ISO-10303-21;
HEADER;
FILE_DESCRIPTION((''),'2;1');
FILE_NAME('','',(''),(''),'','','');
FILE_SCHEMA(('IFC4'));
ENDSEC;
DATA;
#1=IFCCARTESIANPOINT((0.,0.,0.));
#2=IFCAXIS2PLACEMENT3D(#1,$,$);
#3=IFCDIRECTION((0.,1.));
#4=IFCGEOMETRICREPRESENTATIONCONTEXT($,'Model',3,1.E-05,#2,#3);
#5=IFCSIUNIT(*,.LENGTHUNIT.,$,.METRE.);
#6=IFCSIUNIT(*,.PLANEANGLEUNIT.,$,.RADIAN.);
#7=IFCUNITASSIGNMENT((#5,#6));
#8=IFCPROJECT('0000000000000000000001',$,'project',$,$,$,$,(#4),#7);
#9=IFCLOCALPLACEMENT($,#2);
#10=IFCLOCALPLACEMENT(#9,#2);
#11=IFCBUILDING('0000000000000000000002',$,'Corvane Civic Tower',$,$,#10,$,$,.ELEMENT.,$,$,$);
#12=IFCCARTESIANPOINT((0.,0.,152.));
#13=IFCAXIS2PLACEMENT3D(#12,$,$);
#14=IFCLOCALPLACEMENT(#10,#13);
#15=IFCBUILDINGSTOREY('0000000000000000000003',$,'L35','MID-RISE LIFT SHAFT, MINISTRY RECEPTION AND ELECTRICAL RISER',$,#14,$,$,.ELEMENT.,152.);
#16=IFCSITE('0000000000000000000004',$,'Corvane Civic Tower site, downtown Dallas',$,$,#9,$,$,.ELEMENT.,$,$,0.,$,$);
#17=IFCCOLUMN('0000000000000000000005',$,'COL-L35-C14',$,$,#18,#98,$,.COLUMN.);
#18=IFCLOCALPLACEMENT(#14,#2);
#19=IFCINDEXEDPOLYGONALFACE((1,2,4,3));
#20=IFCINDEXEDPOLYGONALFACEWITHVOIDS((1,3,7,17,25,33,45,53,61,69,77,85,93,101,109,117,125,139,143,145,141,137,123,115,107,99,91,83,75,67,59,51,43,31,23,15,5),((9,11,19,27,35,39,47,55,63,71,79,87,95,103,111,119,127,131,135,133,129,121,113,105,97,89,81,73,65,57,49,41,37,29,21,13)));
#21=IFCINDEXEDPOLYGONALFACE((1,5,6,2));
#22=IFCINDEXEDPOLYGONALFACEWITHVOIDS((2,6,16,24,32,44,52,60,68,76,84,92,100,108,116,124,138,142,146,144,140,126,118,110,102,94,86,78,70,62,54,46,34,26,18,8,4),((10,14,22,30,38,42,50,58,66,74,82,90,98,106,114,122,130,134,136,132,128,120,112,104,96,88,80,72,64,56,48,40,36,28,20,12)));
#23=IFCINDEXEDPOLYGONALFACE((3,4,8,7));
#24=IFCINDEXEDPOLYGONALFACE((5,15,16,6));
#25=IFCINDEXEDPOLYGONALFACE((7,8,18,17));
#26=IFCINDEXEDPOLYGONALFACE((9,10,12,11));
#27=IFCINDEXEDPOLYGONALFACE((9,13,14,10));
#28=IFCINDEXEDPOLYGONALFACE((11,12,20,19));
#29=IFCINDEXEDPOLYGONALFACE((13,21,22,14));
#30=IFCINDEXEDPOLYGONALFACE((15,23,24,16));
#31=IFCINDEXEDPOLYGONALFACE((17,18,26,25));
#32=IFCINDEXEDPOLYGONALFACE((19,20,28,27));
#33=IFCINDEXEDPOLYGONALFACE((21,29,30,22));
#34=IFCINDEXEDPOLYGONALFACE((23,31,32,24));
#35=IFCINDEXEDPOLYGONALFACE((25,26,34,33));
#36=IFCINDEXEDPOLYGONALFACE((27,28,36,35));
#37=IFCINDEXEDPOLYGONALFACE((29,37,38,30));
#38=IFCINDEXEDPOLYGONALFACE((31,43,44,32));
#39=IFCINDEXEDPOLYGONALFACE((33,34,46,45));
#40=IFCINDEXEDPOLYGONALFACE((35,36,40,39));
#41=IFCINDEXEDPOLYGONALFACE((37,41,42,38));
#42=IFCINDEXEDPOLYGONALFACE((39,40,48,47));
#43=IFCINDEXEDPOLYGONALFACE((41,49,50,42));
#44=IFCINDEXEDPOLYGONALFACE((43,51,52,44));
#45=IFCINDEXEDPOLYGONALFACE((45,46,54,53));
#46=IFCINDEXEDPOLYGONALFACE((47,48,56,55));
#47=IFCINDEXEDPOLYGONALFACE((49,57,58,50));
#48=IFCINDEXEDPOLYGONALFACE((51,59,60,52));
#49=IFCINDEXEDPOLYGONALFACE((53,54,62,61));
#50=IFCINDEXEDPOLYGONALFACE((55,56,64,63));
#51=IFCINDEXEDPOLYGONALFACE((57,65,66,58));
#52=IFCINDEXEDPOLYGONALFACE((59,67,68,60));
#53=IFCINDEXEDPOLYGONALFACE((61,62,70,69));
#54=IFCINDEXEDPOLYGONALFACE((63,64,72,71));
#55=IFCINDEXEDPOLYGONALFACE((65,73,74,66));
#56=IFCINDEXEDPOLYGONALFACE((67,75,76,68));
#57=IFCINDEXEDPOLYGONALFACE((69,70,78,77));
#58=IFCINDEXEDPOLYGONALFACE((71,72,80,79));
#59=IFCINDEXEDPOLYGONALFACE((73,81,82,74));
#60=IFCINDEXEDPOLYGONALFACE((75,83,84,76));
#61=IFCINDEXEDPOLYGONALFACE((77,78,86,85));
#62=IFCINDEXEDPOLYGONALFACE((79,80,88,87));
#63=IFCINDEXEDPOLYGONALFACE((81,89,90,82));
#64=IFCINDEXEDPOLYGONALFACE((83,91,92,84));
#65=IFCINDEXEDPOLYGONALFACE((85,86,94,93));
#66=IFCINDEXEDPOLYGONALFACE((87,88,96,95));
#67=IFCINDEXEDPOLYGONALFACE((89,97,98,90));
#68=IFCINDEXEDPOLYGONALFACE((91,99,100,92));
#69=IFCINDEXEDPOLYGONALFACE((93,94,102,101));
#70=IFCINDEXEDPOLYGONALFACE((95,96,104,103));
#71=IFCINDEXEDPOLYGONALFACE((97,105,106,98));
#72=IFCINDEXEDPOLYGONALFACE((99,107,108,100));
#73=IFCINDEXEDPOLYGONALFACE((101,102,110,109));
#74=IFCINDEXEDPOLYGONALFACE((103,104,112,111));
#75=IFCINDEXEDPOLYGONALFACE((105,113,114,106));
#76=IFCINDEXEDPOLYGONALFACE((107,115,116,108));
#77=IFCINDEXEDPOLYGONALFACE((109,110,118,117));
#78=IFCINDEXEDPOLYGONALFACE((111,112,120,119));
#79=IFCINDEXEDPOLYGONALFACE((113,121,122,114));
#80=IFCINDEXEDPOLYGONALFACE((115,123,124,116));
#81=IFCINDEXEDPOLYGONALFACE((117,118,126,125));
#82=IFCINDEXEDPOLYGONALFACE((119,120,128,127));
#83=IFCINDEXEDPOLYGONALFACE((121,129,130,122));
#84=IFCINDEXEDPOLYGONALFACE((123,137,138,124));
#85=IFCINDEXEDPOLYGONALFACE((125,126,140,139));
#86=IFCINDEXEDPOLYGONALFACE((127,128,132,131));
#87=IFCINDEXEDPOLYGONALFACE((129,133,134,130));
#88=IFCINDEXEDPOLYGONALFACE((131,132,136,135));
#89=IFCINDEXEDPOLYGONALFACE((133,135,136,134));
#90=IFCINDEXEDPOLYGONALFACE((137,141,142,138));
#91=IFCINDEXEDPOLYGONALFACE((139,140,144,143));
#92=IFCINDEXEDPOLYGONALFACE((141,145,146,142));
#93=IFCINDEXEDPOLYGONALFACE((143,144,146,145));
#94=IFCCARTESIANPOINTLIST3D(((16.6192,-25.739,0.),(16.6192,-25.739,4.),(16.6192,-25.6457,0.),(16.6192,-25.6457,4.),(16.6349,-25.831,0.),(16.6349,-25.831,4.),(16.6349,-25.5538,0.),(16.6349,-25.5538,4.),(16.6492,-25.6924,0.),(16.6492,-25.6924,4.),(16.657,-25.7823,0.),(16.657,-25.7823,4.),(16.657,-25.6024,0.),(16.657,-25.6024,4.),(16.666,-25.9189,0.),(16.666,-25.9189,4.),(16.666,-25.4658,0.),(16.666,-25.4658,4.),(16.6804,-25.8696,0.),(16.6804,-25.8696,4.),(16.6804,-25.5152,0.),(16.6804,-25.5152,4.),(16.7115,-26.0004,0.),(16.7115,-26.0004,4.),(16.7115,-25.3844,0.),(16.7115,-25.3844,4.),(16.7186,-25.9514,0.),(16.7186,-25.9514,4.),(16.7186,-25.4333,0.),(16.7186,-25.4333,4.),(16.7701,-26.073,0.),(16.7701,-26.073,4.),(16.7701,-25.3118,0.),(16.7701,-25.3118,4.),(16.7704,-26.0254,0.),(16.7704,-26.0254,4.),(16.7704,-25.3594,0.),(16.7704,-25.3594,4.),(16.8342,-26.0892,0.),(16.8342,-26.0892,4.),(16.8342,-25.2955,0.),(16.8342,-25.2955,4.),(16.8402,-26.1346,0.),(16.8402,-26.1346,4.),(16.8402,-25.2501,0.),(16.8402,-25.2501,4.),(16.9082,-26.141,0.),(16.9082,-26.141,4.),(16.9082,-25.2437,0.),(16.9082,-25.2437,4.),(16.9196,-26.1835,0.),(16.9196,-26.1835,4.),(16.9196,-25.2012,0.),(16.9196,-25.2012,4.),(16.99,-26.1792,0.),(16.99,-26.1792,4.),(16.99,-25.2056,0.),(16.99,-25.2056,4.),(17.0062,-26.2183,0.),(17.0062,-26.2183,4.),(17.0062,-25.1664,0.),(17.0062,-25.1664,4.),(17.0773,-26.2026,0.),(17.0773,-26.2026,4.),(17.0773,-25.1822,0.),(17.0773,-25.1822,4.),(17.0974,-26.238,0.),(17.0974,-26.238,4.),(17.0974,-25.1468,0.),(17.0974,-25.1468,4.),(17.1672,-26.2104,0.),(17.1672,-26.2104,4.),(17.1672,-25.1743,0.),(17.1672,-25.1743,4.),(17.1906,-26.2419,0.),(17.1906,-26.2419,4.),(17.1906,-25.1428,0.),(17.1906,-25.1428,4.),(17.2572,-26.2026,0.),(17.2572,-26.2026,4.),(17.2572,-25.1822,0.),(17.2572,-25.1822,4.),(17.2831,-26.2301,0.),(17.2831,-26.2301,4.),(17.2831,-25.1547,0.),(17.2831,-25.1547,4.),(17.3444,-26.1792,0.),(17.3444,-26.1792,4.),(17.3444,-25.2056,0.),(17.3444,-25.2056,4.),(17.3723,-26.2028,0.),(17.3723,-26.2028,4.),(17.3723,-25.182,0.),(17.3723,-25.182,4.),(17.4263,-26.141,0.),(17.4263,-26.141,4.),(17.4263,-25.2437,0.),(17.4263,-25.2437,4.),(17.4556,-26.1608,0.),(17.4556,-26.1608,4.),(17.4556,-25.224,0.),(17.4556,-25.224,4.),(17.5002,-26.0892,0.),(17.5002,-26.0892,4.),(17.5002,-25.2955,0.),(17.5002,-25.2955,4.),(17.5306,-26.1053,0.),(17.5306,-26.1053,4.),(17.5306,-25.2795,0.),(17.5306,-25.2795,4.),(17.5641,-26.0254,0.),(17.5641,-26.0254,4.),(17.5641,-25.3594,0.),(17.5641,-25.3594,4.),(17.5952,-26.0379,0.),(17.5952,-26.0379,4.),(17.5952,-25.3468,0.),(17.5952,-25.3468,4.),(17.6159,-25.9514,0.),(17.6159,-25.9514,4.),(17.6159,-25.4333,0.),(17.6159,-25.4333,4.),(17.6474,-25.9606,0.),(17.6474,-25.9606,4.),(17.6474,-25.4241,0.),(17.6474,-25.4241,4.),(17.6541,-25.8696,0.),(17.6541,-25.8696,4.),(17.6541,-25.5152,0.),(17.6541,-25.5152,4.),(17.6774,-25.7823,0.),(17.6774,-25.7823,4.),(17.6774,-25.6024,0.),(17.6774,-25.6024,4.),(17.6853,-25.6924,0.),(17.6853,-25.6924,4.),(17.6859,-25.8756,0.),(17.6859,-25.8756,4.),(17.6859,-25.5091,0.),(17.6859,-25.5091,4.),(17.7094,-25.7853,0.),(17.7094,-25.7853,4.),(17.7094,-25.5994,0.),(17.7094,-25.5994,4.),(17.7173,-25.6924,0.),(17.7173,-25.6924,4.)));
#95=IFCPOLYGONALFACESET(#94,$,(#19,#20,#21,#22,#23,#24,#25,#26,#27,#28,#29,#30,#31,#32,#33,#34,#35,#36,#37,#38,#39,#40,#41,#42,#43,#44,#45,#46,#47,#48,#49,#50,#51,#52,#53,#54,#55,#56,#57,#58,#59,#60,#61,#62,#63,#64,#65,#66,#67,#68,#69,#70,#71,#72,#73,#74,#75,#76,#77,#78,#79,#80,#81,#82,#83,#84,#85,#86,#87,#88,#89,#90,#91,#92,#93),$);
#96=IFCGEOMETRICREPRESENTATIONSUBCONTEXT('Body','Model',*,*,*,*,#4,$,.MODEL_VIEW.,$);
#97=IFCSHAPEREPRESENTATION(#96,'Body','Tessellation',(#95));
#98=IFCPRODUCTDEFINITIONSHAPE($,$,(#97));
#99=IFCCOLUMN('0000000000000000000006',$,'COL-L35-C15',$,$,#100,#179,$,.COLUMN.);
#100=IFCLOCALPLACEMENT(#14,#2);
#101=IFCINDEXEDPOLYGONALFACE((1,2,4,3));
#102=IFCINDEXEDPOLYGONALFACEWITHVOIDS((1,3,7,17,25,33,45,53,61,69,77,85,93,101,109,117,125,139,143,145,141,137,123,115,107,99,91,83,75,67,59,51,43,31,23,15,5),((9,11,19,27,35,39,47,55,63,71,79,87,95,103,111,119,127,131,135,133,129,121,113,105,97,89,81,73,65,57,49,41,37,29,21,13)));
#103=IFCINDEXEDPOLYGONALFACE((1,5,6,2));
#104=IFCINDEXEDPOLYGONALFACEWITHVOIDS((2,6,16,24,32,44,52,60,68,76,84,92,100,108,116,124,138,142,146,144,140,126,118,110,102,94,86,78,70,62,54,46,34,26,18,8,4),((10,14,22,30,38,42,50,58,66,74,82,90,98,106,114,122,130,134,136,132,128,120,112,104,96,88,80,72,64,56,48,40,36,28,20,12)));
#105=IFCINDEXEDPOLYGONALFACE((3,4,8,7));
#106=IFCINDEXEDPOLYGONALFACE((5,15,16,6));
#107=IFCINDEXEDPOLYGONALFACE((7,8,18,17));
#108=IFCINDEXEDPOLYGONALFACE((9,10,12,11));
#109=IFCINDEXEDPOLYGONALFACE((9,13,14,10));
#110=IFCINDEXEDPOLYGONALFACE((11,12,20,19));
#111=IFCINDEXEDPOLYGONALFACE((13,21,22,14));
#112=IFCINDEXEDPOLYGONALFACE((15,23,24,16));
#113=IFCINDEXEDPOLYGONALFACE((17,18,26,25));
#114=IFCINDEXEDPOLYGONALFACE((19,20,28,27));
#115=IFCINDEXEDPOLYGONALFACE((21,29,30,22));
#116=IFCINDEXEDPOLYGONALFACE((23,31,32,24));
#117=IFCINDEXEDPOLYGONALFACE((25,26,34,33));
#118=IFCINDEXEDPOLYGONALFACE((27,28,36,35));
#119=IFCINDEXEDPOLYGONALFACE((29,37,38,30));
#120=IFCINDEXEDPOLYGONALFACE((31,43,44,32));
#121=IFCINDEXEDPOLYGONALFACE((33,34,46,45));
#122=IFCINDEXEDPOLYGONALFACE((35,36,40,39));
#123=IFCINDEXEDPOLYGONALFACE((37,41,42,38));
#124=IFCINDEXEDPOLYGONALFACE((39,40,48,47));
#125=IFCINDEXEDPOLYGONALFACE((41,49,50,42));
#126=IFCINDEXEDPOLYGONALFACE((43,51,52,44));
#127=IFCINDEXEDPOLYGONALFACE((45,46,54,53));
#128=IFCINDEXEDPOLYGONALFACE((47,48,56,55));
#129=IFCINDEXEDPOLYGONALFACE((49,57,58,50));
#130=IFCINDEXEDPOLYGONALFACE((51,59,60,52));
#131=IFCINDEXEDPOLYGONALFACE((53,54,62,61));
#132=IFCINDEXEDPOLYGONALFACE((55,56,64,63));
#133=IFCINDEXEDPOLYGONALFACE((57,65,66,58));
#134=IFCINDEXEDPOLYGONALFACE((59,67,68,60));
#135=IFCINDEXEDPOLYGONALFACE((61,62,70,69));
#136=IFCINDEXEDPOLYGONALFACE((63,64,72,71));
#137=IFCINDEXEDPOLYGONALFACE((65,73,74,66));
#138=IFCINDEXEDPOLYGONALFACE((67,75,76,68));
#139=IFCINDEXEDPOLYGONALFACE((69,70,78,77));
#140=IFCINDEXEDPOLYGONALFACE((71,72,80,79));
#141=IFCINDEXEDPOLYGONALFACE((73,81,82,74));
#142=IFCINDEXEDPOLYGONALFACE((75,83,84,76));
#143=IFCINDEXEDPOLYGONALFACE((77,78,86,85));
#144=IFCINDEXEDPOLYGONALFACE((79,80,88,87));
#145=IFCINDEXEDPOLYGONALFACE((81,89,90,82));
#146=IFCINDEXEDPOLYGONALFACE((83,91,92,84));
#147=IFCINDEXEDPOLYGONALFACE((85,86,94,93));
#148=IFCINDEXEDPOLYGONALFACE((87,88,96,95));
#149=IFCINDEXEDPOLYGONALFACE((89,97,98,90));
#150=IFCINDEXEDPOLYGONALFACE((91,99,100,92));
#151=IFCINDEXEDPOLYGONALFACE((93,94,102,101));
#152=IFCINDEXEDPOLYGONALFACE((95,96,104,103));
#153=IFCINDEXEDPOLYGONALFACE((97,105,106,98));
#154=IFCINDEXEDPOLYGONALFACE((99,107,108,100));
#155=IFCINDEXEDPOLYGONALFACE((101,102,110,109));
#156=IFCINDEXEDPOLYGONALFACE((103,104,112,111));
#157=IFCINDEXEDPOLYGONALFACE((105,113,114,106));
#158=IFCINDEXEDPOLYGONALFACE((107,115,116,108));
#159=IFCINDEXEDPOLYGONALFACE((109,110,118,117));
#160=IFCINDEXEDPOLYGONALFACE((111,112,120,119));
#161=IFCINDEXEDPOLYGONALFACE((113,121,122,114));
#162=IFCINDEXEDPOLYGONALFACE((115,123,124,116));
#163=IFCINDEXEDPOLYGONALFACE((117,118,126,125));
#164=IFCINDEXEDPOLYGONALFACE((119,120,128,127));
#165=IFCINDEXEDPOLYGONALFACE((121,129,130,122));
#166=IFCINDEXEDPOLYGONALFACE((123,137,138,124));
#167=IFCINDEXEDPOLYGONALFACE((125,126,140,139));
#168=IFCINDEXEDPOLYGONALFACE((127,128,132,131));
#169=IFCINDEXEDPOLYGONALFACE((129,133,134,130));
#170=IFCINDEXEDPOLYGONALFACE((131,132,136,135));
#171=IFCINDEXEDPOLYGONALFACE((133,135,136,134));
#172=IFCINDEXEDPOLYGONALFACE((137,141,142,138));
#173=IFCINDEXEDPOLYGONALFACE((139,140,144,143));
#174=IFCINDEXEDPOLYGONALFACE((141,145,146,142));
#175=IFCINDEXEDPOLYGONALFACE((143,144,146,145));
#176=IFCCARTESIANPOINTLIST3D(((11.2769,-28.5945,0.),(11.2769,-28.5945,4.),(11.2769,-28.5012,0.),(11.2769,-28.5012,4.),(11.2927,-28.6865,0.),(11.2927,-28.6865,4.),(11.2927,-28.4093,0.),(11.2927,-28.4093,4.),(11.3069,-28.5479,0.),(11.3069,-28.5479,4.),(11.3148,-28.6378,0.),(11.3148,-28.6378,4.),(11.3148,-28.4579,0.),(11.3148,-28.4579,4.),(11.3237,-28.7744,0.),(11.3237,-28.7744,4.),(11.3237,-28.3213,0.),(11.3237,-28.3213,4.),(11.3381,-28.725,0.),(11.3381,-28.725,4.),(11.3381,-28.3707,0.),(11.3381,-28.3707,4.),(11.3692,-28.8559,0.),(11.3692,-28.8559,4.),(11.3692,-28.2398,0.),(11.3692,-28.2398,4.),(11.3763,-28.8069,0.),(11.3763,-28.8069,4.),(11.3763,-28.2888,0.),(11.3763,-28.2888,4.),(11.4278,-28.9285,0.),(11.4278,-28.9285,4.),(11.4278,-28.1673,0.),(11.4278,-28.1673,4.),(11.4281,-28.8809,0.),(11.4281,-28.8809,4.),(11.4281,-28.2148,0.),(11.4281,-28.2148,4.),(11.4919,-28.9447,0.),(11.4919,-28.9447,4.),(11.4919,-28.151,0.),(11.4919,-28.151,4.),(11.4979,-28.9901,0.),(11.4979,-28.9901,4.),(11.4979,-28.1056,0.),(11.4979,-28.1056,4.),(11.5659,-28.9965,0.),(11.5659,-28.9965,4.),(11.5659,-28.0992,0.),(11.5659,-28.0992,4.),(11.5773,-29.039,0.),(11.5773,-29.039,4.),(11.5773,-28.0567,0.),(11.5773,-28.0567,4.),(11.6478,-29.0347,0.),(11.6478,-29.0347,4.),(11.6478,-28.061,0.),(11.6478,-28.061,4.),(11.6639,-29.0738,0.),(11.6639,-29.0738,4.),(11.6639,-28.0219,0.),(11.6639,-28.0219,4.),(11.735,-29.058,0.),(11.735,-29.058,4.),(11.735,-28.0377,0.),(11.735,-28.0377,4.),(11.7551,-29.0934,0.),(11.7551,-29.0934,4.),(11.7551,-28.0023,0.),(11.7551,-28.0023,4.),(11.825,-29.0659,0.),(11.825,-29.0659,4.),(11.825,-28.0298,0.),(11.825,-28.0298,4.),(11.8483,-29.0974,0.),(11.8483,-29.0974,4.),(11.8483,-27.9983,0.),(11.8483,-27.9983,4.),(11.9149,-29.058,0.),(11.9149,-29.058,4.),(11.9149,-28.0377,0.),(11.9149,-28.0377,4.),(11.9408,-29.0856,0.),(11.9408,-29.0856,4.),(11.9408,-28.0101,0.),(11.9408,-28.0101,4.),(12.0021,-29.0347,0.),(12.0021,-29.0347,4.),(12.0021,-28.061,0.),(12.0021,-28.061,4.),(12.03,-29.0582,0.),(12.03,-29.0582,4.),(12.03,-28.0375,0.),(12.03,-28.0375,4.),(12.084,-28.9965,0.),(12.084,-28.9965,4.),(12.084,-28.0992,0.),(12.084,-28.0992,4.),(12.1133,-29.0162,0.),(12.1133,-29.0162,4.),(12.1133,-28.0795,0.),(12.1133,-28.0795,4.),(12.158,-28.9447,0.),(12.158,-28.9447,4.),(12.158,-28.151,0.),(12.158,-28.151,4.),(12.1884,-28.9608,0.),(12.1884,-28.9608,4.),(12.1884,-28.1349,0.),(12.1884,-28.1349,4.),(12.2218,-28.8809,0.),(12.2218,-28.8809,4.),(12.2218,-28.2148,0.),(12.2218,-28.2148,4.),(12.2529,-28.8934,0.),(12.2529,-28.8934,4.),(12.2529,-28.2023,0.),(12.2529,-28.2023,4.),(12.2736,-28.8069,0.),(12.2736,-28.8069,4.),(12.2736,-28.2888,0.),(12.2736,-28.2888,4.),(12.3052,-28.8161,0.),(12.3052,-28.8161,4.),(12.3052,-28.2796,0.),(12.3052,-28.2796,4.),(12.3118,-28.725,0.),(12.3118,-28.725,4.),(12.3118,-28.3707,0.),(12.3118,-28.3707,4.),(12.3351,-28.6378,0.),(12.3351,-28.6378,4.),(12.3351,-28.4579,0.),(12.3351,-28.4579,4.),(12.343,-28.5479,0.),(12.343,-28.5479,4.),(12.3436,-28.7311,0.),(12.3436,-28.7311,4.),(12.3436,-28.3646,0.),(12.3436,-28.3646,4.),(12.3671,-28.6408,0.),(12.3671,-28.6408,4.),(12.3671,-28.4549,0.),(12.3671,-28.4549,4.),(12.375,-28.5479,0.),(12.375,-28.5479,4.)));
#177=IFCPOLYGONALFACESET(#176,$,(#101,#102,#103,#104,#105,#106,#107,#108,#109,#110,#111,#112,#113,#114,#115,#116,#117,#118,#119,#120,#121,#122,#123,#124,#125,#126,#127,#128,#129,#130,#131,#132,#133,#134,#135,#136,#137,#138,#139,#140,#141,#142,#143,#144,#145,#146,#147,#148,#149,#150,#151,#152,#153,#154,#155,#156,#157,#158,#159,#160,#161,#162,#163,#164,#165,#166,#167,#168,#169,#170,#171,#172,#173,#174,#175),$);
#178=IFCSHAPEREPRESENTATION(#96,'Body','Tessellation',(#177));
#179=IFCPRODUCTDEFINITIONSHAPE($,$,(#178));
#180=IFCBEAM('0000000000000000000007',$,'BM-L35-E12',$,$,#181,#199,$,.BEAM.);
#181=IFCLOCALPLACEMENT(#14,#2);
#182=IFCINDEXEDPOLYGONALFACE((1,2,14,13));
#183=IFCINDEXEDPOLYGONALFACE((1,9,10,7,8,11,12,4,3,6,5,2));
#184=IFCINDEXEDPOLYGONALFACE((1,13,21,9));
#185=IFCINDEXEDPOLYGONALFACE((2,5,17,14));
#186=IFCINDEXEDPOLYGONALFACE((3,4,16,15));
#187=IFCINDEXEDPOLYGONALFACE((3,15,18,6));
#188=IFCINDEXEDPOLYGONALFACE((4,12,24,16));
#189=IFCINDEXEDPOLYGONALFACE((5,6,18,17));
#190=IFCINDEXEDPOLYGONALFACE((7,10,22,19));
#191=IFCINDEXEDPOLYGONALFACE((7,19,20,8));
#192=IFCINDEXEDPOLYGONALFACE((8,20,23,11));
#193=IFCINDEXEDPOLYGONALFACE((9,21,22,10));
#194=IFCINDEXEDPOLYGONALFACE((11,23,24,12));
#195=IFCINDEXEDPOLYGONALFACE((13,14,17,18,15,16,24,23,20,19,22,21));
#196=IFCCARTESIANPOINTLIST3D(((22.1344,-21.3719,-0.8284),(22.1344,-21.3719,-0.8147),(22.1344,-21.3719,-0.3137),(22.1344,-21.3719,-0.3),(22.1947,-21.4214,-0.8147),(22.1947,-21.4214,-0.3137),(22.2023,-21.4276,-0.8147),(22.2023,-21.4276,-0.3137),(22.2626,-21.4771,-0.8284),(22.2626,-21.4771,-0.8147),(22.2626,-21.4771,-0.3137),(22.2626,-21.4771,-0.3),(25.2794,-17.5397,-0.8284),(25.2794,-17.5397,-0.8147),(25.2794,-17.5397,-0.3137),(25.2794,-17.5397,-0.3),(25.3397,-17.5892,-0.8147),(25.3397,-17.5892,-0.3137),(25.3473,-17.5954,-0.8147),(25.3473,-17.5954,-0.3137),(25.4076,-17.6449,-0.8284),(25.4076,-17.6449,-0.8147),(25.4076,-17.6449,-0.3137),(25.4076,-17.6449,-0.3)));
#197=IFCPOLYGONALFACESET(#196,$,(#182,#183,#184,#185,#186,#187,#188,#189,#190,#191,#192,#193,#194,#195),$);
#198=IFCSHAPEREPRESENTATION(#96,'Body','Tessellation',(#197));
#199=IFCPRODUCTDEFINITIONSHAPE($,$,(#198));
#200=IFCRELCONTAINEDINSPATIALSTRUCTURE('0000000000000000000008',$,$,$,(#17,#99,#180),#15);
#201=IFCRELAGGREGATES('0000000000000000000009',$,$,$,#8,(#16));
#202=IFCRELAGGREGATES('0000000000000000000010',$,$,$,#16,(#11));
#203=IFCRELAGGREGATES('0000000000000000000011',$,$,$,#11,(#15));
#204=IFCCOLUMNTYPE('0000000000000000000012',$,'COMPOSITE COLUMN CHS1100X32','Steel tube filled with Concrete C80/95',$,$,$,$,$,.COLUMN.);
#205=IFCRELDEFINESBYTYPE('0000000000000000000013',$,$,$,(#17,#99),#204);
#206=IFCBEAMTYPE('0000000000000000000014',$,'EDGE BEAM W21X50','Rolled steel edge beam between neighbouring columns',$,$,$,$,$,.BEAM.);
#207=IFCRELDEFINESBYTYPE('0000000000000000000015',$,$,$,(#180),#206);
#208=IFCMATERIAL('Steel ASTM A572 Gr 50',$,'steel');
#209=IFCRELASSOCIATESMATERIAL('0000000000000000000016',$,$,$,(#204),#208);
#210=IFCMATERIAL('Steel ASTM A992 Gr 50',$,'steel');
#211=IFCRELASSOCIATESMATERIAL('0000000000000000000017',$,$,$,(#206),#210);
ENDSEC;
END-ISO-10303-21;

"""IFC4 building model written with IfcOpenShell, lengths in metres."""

from ifc_helpers import new_model, si_unit, direction, frame, origin, origin_2d, place, context, subcontext, project, spatial, hollow_circle, i_section, extrude, material, material_profile, profile_set, type_object, element, save


model = new_model("IFC4")

# Units and contexts
model_context = context("Model", 3, precision=1e-05, world=origin(), true_north=direction((0.0, 1.0)))
body_context = subcontext(model_context, "Body", "Model", "MODEL_VIEW")
ifc_project = project(units=[si_unit("LENGTHUNIT", "METRE"), si_unit("PLANEANGLEUNIT", "RADIAN")], contexts=[model_context])

# Site, building, storey
site_placement = place(None, origin())
site = spatial("IfcSite", under=ifc_project, at=site_placement, Name="Corvane Civic Tower site, downtown Dallas", CompositionType="ELEMENT", RefElevation=0.0)
building_placement = place(site_placement, origin())
building = spatial("IfcBuilding", under=site, at=building_placement, Name="Corvane Civic Tower", CompositionType="ELEMENT")
storey_placement = place(building_placement, frame((0.0, 0.0, 152.0)))
storey = spatial("IfcBuildingStorey", under=building, at=storey_placement, Name="L35", Description="MID-RISE LIFT SHAFT, MINISTRY RECEPTION AND ELECTRICAL RISER", CompositionType="ELEMENT", Elevation=152.0)

# Columns
ifc_material_1 = material(Name="Steel ASTM A572 Gr 50", Category="steel")
ifc_material_profile_1 = material_profile(ifc_material_1, hollow_circle(Radius=0.55, WallThickness=0.032, at=origin_2d()), Name="CHS1100X32")
ifc_profile_set_1 = profile_set([ifc_material_profile_1], Name="Steel ASTM A572 Gr 50")
column_type = type_object("IfcColumnType", Name="COMPOSITE COLUMN CHS1100X32", Description="Steel tube filled with Concrete C80/95", PredefinedType="COLUMN", material=ifc_profile_set_1)
for number, where, z_axis, x_axis, name in (
    (1, (17.1672, -25.6924, 0.0), (0.0, 0.0, 1.0), (1.0, 0.0, 0.0), "COL-L35-C14"),
    (2, (11.825, -28.5479, 0.0), (0.0, 0.0, 1.0), (1.0, 0.0, 0.0), "COL-L35-C15"),
):
    element("IfcColumn", number, at=place(storey_placement, frame(where, z_axis=z_axis, x_axis=x_axis)), inside=storey, type_object=column_type, Name=name, PredefinedType="COLUMN", context=body_context, shape_type="SweptSolid", body=[
        extrude(hollow_circle(Radius=0.55, WallThickness=0.032, at=origin_2d()), origin(), (0.0, 0.0, 1.0), 4.0),
    ])

# Beam
ifc_material_2 = material(Name="Steel ASTM A992 Gr 50", Category="steel")
ifc_material_profile_2 = material_profile(ifc_material_2, i_section(OverallWidth=0.1658, OverallDepth=0.5283, WebThickness=0.0098, FlangeThickness=0.0137, at=origin_2d()), Name="W21X50")
ifc_profile_set_2 = profile_set([ifc_material_profile_2], Name="Steel ASTM A992 Gr 50")
beam_type_1 = type_object("IfcBeamType", Name="EDGE BEAM W21X50", Description="Rolled steel edge beam between neighbouring columns", PredefinedType="BEAM", material=ifc_profile_set_2)
for number, where, z_axis, x_axis, name in (
    (3, (25.3435, -17.5923, -0.5642), (-0.634388, -0.773015, 0.0), (0.773015, -0.634388, 0.0), "BM-L35-E12"),
):
    element("IfcBeam", number, at=place(storey_placement, frame(where, z_axis=z_axis, x_axis=x_axis)), inside=storey, type_object=beam_type_1, Name=name, PredefinedType="BEAM", context=body_context, shape_type="SweptSolid", body=[
        extrude(i_section(OverallWidth=0.1658, OverallDepth=0.5283, WebThickness=0.0098, FlangeThickness=0.0137, at=origin_2d()), origin(), (0.0, 0.0, 1.0), 4.9575),
    ])

save(model, "model.ifc")
